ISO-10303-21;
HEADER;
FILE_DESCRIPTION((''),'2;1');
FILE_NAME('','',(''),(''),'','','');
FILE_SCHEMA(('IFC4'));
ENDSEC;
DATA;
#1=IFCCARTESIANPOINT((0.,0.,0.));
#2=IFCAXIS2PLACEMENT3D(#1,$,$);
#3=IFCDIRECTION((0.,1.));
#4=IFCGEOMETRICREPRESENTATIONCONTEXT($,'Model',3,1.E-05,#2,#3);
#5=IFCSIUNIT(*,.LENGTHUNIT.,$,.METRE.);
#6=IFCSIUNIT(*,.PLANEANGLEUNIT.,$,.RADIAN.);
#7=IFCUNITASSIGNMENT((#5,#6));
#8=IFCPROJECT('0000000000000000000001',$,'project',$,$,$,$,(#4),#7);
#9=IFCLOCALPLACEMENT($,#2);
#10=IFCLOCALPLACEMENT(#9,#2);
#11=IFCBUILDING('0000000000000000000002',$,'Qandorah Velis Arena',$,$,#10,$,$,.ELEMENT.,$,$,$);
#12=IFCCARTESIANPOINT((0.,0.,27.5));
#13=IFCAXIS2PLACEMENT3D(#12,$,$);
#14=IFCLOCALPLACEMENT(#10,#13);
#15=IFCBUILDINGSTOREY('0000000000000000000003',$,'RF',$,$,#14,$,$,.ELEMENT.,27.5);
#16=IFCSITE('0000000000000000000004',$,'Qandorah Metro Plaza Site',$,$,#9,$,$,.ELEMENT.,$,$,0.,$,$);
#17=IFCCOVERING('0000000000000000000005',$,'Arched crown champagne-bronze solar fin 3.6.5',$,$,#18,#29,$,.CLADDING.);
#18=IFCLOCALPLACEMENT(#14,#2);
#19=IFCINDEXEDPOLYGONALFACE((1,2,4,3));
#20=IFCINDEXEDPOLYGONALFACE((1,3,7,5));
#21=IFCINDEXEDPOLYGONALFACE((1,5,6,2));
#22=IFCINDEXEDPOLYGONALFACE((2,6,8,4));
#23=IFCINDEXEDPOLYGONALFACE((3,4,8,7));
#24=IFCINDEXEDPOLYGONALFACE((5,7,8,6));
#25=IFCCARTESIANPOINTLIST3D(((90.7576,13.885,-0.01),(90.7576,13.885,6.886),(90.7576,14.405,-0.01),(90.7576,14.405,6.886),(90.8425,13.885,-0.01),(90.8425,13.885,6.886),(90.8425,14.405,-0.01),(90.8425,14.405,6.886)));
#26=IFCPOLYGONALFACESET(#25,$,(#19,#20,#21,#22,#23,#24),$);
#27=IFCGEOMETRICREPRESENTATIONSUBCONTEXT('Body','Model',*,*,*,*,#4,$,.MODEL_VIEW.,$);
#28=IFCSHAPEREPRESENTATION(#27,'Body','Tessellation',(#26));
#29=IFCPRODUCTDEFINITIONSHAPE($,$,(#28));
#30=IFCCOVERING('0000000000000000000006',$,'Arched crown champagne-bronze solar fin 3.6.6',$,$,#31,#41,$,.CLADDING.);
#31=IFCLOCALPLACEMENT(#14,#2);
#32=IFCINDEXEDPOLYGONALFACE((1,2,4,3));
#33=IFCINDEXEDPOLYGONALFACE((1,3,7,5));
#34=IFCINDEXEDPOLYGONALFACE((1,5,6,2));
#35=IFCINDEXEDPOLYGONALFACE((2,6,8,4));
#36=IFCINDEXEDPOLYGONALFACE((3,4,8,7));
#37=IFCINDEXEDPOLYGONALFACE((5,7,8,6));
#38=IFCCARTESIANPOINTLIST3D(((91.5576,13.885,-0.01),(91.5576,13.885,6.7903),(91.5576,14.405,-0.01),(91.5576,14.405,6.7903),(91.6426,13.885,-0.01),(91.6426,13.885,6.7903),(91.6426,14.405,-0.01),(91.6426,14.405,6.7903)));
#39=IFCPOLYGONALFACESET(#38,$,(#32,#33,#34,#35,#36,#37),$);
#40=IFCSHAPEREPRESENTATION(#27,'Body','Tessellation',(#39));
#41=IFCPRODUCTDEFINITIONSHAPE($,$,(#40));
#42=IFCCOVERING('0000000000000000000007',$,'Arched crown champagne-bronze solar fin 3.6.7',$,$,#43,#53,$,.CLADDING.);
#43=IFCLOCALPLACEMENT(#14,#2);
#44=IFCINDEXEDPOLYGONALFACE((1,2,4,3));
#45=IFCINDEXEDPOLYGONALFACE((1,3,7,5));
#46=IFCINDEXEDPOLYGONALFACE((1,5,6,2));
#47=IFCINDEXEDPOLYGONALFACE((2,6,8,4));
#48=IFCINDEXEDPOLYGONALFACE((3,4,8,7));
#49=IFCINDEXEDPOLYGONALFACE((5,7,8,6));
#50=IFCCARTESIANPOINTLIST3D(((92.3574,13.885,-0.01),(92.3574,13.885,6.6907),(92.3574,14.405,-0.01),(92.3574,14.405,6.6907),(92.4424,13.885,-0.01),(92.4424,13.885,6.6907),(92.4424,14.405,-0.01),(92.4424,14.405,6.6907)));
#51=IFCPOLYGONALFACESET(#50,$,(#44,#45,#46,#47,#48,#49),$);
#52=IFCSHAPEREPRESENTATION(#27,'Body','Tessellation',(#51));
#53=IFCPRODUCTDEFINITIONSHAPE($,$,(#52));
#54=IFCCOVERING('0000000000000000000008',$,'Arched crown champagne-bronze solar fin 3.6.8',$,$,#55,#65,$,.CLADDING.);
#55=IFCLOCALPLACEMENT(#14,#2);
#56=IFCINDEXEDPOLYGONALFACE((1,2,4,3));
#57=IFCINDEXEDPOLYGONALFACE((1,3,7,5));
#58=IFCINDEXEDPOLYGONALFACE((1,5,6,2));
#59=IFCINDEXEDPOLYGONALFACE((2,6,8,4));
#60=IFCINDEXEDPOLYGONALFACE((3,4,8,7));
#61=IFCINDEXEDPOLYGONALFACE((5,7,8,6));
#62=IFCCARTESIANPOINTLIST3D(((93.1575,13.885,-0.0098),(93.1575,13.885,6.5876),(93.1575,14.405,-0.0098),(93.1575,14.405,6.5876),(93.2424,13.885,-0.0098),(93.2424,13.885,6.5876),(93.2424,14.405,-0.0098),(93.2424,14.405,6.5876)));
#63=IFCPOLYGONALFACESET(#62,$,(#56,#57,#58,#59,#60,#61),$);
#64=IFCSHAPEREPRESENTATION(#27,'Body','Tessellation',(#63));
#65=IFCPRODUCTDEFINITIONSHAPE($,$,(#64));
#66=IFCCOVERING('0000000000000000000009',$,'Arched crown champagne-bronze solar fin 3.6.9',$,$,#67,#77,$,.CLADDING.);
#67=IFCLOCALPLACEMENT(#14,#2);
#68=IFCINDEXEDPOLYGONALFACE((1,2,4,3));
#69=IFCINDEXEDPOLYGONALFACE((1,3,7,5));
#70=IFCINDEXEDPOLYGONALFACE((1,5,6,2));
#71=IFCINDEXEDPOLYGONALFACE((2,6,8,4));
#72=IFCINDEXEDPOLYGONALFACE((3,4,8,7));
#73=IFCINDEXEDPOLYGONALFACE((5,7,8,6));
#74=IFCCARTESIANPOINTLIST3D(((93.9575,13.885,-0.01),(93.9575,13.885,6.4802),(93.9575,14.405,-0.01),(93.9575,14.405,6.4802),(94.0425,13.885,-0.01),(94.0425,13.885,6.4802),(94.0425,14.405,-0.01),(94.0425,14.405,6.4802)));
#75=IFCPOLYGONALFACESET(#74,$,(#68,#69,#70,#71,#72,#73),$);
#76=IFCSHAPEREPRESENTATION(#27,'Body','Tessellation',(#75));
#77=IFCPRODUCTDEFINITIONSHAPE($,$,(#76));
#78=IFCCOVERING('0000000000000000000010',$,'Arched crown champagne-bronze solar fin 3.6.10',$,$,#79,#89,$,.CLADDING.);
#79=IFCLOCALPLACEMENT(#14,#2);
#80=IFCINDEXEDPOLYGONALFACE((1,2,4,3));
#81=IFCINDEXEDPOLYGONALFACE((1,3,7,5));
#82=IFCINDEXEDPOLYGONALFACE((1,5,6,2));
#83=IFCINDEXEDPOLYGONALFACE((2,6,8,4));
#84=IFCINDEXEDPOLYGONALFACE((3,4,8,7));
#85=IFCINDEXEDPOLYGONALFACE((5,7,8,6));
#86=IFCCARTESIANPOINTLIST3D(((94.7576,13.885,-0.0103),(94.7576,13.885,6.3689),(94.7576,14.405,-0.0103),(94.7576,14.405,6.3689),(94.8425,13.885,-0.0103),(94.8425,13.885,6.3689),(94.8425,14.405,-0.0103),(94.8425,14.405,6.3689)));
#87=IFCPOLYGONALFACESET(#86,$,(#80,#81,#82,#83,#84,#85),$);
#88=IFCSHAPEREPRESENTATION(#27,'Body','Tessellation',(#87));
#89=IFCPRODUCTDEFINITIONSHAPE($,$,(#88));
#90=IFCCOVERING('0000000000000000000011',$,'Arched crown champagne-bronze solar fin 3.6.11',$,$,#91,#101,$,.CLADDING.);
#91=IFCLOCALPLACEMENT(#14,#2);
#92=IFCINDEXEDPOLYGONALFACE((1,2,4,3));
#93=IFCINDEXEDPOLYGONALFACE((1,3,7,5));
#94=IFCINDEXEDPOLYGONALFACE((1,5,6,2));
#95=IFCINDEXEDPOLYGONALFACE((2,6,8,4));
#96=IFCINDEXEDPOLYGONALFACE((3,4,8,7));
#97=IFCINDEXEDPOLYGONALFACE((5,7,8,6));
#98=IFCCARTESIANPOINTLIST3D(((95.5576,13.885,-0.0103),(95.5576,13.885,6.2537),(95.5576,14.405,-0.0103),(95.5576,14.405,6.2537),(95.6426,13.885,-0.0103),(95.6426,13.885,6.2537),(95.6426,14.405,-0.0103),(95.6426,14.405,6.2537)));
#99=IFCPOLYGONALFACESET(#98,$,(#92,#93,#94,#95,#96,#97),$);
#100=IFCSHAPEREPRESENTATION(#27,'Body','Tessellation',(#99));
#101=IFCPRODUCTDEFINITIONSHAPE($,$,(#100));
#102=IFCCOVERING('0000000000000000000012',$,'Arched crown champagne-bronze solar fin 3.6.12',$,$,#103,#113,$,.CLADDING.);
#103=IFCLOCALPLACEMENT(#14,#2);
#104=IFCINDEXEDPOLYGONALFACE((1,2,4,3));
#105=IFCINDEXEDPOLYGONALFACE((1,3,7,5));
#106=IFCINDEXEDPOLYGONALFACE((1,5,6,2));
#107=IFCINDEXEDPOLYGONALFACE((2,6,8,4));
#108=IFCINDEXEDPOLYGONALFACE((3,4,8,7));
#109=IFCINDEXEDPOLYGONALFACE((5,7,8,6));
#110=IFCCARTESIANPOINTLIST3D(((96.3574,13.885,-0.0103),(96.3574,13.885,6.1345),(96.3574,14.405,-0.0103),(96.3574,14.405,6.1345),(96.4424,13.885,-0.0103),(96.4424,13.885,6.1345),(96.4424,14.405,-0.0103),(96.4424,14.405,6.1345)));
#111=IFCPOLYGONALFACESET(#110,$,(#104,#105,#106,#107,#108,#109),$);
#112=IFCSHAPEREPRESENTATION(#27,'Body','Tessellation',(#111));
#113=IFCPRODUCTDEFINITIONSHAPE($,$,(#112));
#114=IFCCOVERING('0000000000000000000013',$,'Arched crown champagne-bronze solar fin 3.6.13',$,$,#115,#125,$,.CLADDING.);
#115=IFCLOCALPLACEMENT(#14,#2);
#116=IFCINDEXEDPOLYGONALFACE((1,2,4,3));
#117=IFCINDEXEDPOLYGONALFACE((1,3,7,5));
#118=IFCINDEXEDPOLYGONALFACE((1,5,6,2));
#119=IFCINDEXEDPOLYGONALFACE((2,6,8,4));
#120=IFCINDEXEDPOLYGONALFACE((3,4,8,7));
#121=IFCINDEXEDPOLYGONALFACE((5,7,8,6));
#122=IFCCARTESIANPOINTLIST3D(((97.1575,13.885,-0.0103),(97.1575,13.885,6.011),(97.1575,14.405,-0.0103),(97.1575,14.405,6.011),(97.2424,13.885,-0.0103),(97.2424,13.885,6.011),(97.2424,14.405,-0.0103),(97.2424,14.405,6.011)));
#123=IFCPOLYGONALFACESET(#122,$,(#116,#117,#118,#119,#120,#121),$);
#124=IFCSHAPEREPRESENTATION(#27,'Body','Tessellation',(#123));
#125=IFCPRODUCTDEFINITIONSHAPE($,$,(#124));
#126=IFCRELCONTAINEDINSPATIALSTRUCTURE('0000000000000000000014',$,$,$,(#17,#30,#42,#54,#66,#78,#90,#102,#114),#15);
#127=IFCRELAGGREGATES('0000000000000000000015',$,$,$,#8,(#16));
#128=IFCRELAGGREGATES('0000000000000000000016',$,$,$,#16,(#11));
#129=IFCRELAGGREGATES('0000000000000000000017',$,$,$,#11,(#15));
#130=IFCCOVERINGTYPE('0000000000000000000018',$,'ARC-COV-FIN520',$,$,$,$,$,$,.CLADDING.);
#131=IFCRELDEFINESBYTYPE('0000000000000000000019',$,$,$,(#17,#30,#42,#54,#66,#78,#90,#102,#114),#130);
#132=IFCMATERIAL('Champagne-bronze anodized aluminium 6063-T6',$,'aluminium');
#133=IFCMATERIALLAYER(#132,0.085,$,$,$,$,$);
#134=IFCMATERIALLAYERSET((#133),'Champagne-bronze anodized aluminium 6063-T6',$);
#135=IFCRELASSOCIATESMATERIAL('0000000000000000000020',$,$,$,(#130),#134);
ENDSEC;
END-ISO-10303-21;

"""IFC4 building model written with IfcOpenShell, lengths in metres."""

from ifc_helpers import new_model, si_unit, direction, frame, origin, origin_2d, place, context, subcontext, project, spatial, rectangle, extrude, material, layer, layer_set, type_object, element, save


model = new_model("IFC4")

# Units and contexts
model_context = context("Model", 3, precision=1e-05, world=origin(), true_north=direction((0.0, 1.0)))
body_context = subcontext(model_context, "Body", "Model", "MODEL_VIEW")
ifc_project = project(units=[si_unit("LENGTHUNIT", "METRE"), si_unit("PLANEANGLEUNIT", "RADIAN")], contexts=[model_context])

# Site, building, storey
site_placement = place(None, origin())
site = spatial("IfcSite", under=ifc_project, at=site_placement, Name="Qandorah Metro Plaza Site", CompositionType="ELEMENT", RefElevation=0.0)
building_placement = place(site_placement, origin())
building = spatial("IfcBuilding", under=site, at=building_placement, Name="Qandorah Velis Arena", CompositionType="ELEMENT")
storey_placement = place(building_placement, frame((0.0, 0.0, 27.5)))
storey = spatial("IfcBuildingStorey", under=building, at=storey_placement, Name="RF", CompositionType="ELEMENT", Elevation=27.5)

# Shared definitions
ifc_material_1 = material(Name="Champagne-bronze anodized aluminium 6063-T6", Category="aluminium")

# Coverings
ifc_layer_1 = layer(ifc_material_1, 0.085)
ifc_layer_set_1 = layer_set([ifc_layer_1], Name="Champagne-bronze anodized aluminium 6063-T6")
covering_type = type_object("IfcCoveringType", Name="ARC-COV-FIN520", PredefinedType="CLADDING", material=ifc_layer_set_1)
covering_1_placement = place(storey_placement, frame((90.8, 14.145, -0.01), z_axis=(0.0, 0.0, 1.0), x_axis=(1.0, 0.0, 0.0)))
element("IfcCovering", 1, at=covering_1_placement, inside=storey, type_object=covering_type, Name="Arched crown champagne-bronze solar fin 3.6.5", PredefinedType="CLADDING", context=body_context, shape_type="SweptSolid", body=[
    extrude(rectangle(XDim=0.085, YDim=0.52, at=origin_2d()), origin(), (0.0, 0.0, 1.0), 6.896),
])
covering_2_placement = place(storey_placement, frame((91.6001, 14.145, -0.01), z_axis=(0.0, 0.0, 1.0), x_axis=(1.0, 0.0, 0.0)))
element("IfcCovering", 2, at=covering_2_placement, inside=storey, type_object=covering_type, Name="Arched crown champagne-bronze solar fin 3.6.6", PredefinedType="CLADDING", context=body_context, shape_type="SweptSolid", body=[
    extrude(rectangle(XDim=0.085, YDim=0.52, at=origin_2d()), origin(), (0.0, 0.0, 1.0), 6.8003),
])
covering_3_placement = place(storey_placement, frame((92.3999, 14.145, -0.01), z_axis=(0.0, 0.0, 1.0), x_axis=(1.0, 0.0, 0.0)))
element("IfcCovering", 3, at=covering_3_placement, inside=storey, type_object=covering_type, Name="Arched crown champagne-bronze solar fin 3.6.7", PredefinedType="CLADDING", context=body_context, shape_type="SweptSolid", body=[
    extrude(rectangle(XDim=0.085, YDim=0.52, at=origin_2d()), origin(), (0.0, 0.0, 1.0), 6.7007),
])
covering_4_placement = place(storey_placement, frame((93.2, 14.145, -0.0098), z_axis=(0.0, 0.0, 1.0), x_axis=(1.0, 0.0, 0.0)))
element("IfcCovering", 4, at=covering_4_placement, inside=storey, type_object=covering_type, Name="Arched crown champagne-bronze solar fin 3.6.8", PredefinedType="CLADDING", context=body_context, shape_type="SweptSolid", body=[
    extrude(rectangle(XDim=0.085, YDim=0.52, at=origin_2d()), origin(), (0.0, 0.0, 1.0), 6.5974),
])
covering_5_placement = place(storey_placement, frame((94.0, 14.145, -0.01), z_axis=(0.0, 0.0, 1.0), x_axis=(1.0, 0.0, 0.0)))
element("IfcCovering", 5, at=covering_5_placement, inside=storey, type_object=covering_type, Name="Arched crown champagne-bronze solar fin 3.6.9", PredefinedType="CLADDING", context=body_context, shape_type="SweptSolid", body=[
    extrude(rectangle(XDim=0.085, YDim=0.52, at=origin_2d()), origin(), (0.0, 0.0, 1.0), 6.4902),
])
covering_6_placement = place(storey_placement, frame((94.8, 14.145, -0.0103), z_axis=(0.0, 0.0, 1.0), x_axis=(1.0, 0.0, 0.0)))
element("IfcCovering", 6, at=covering_6_placement, inside=storey, type_object=covering_type, Name="Arched crown champagne-bronze solar fin 3.6.10", PredefinedType="CLADDING", context=body_context, shape_type="SweptSolid", body=[
    extrude(rectangle(XDim=0.085, YDim=0.52, at=origin_2d()), origin(), (0.0, 0.0, 1.0), 6.3792),
])
covering_7_placement = place(storey_placement, frame((95.6001, 14.145, -0.0103), z_axis=(0.0, 0.0, 1.0), x_axis=(1.0, 0.0, 0.0)))
element("IfcCovering", 7, at=covering_7_placement, inside=storey, type_object=covering_type, Name="Arched crown champagne-bronze solar fin 3.6.11", PredefinedType="CLADDING", context=body_context, shape_type="SweptSolid", body=[
    extrude(rectangle(XDim=0.085, YDim=0.52, at=origin_2d()), origin(), (0.0, 0.0, 1.0), 6.2639),
])
covering_8_placement = place(storey_placement, frame((96.3999, 14.145, -0.0103), z_axis=(0.0, 0.0, 1.0), x_axis=(1.0, 0.0, 0.0)))
element("IfcCovering", 8, at=covering_8_placement, inside=storey, type_object=covering_type, Name="Arched crown champagne-bronze solar fin 3.6.12", PredefinedType="CLADDING", context=body_context, shape_type="SweptSolid", body=[
    extrude(rectangle(XDim=0.085, YDim=0.52, at=origin_2d()), origin(), (0.0, 0.0, 1.0), 6.1448),
])
covering_9_placement = place(storey_placement, frame((97.2, 14.145, -0.0103), z_axis=(0.0, 0.0, 1.0), x_axis=(1.0, 0.0, 0.0)))
element("IfcCovering", 9, at=covering_9_placement, inside=storey, type_object=covering_type, Name="Arched crown champagne-bronze solar fin 3.6.13", PredefinedType="CLADDING", context=body_context, shape_type="SweptSolid", body=[
    extrude(rectangle(XDim=0.085, YDim=0.52, at=origin_2d()), origin(), (0.0, 0.0, 1.0), 6.0212),
])

save(model, "model.ifc")
